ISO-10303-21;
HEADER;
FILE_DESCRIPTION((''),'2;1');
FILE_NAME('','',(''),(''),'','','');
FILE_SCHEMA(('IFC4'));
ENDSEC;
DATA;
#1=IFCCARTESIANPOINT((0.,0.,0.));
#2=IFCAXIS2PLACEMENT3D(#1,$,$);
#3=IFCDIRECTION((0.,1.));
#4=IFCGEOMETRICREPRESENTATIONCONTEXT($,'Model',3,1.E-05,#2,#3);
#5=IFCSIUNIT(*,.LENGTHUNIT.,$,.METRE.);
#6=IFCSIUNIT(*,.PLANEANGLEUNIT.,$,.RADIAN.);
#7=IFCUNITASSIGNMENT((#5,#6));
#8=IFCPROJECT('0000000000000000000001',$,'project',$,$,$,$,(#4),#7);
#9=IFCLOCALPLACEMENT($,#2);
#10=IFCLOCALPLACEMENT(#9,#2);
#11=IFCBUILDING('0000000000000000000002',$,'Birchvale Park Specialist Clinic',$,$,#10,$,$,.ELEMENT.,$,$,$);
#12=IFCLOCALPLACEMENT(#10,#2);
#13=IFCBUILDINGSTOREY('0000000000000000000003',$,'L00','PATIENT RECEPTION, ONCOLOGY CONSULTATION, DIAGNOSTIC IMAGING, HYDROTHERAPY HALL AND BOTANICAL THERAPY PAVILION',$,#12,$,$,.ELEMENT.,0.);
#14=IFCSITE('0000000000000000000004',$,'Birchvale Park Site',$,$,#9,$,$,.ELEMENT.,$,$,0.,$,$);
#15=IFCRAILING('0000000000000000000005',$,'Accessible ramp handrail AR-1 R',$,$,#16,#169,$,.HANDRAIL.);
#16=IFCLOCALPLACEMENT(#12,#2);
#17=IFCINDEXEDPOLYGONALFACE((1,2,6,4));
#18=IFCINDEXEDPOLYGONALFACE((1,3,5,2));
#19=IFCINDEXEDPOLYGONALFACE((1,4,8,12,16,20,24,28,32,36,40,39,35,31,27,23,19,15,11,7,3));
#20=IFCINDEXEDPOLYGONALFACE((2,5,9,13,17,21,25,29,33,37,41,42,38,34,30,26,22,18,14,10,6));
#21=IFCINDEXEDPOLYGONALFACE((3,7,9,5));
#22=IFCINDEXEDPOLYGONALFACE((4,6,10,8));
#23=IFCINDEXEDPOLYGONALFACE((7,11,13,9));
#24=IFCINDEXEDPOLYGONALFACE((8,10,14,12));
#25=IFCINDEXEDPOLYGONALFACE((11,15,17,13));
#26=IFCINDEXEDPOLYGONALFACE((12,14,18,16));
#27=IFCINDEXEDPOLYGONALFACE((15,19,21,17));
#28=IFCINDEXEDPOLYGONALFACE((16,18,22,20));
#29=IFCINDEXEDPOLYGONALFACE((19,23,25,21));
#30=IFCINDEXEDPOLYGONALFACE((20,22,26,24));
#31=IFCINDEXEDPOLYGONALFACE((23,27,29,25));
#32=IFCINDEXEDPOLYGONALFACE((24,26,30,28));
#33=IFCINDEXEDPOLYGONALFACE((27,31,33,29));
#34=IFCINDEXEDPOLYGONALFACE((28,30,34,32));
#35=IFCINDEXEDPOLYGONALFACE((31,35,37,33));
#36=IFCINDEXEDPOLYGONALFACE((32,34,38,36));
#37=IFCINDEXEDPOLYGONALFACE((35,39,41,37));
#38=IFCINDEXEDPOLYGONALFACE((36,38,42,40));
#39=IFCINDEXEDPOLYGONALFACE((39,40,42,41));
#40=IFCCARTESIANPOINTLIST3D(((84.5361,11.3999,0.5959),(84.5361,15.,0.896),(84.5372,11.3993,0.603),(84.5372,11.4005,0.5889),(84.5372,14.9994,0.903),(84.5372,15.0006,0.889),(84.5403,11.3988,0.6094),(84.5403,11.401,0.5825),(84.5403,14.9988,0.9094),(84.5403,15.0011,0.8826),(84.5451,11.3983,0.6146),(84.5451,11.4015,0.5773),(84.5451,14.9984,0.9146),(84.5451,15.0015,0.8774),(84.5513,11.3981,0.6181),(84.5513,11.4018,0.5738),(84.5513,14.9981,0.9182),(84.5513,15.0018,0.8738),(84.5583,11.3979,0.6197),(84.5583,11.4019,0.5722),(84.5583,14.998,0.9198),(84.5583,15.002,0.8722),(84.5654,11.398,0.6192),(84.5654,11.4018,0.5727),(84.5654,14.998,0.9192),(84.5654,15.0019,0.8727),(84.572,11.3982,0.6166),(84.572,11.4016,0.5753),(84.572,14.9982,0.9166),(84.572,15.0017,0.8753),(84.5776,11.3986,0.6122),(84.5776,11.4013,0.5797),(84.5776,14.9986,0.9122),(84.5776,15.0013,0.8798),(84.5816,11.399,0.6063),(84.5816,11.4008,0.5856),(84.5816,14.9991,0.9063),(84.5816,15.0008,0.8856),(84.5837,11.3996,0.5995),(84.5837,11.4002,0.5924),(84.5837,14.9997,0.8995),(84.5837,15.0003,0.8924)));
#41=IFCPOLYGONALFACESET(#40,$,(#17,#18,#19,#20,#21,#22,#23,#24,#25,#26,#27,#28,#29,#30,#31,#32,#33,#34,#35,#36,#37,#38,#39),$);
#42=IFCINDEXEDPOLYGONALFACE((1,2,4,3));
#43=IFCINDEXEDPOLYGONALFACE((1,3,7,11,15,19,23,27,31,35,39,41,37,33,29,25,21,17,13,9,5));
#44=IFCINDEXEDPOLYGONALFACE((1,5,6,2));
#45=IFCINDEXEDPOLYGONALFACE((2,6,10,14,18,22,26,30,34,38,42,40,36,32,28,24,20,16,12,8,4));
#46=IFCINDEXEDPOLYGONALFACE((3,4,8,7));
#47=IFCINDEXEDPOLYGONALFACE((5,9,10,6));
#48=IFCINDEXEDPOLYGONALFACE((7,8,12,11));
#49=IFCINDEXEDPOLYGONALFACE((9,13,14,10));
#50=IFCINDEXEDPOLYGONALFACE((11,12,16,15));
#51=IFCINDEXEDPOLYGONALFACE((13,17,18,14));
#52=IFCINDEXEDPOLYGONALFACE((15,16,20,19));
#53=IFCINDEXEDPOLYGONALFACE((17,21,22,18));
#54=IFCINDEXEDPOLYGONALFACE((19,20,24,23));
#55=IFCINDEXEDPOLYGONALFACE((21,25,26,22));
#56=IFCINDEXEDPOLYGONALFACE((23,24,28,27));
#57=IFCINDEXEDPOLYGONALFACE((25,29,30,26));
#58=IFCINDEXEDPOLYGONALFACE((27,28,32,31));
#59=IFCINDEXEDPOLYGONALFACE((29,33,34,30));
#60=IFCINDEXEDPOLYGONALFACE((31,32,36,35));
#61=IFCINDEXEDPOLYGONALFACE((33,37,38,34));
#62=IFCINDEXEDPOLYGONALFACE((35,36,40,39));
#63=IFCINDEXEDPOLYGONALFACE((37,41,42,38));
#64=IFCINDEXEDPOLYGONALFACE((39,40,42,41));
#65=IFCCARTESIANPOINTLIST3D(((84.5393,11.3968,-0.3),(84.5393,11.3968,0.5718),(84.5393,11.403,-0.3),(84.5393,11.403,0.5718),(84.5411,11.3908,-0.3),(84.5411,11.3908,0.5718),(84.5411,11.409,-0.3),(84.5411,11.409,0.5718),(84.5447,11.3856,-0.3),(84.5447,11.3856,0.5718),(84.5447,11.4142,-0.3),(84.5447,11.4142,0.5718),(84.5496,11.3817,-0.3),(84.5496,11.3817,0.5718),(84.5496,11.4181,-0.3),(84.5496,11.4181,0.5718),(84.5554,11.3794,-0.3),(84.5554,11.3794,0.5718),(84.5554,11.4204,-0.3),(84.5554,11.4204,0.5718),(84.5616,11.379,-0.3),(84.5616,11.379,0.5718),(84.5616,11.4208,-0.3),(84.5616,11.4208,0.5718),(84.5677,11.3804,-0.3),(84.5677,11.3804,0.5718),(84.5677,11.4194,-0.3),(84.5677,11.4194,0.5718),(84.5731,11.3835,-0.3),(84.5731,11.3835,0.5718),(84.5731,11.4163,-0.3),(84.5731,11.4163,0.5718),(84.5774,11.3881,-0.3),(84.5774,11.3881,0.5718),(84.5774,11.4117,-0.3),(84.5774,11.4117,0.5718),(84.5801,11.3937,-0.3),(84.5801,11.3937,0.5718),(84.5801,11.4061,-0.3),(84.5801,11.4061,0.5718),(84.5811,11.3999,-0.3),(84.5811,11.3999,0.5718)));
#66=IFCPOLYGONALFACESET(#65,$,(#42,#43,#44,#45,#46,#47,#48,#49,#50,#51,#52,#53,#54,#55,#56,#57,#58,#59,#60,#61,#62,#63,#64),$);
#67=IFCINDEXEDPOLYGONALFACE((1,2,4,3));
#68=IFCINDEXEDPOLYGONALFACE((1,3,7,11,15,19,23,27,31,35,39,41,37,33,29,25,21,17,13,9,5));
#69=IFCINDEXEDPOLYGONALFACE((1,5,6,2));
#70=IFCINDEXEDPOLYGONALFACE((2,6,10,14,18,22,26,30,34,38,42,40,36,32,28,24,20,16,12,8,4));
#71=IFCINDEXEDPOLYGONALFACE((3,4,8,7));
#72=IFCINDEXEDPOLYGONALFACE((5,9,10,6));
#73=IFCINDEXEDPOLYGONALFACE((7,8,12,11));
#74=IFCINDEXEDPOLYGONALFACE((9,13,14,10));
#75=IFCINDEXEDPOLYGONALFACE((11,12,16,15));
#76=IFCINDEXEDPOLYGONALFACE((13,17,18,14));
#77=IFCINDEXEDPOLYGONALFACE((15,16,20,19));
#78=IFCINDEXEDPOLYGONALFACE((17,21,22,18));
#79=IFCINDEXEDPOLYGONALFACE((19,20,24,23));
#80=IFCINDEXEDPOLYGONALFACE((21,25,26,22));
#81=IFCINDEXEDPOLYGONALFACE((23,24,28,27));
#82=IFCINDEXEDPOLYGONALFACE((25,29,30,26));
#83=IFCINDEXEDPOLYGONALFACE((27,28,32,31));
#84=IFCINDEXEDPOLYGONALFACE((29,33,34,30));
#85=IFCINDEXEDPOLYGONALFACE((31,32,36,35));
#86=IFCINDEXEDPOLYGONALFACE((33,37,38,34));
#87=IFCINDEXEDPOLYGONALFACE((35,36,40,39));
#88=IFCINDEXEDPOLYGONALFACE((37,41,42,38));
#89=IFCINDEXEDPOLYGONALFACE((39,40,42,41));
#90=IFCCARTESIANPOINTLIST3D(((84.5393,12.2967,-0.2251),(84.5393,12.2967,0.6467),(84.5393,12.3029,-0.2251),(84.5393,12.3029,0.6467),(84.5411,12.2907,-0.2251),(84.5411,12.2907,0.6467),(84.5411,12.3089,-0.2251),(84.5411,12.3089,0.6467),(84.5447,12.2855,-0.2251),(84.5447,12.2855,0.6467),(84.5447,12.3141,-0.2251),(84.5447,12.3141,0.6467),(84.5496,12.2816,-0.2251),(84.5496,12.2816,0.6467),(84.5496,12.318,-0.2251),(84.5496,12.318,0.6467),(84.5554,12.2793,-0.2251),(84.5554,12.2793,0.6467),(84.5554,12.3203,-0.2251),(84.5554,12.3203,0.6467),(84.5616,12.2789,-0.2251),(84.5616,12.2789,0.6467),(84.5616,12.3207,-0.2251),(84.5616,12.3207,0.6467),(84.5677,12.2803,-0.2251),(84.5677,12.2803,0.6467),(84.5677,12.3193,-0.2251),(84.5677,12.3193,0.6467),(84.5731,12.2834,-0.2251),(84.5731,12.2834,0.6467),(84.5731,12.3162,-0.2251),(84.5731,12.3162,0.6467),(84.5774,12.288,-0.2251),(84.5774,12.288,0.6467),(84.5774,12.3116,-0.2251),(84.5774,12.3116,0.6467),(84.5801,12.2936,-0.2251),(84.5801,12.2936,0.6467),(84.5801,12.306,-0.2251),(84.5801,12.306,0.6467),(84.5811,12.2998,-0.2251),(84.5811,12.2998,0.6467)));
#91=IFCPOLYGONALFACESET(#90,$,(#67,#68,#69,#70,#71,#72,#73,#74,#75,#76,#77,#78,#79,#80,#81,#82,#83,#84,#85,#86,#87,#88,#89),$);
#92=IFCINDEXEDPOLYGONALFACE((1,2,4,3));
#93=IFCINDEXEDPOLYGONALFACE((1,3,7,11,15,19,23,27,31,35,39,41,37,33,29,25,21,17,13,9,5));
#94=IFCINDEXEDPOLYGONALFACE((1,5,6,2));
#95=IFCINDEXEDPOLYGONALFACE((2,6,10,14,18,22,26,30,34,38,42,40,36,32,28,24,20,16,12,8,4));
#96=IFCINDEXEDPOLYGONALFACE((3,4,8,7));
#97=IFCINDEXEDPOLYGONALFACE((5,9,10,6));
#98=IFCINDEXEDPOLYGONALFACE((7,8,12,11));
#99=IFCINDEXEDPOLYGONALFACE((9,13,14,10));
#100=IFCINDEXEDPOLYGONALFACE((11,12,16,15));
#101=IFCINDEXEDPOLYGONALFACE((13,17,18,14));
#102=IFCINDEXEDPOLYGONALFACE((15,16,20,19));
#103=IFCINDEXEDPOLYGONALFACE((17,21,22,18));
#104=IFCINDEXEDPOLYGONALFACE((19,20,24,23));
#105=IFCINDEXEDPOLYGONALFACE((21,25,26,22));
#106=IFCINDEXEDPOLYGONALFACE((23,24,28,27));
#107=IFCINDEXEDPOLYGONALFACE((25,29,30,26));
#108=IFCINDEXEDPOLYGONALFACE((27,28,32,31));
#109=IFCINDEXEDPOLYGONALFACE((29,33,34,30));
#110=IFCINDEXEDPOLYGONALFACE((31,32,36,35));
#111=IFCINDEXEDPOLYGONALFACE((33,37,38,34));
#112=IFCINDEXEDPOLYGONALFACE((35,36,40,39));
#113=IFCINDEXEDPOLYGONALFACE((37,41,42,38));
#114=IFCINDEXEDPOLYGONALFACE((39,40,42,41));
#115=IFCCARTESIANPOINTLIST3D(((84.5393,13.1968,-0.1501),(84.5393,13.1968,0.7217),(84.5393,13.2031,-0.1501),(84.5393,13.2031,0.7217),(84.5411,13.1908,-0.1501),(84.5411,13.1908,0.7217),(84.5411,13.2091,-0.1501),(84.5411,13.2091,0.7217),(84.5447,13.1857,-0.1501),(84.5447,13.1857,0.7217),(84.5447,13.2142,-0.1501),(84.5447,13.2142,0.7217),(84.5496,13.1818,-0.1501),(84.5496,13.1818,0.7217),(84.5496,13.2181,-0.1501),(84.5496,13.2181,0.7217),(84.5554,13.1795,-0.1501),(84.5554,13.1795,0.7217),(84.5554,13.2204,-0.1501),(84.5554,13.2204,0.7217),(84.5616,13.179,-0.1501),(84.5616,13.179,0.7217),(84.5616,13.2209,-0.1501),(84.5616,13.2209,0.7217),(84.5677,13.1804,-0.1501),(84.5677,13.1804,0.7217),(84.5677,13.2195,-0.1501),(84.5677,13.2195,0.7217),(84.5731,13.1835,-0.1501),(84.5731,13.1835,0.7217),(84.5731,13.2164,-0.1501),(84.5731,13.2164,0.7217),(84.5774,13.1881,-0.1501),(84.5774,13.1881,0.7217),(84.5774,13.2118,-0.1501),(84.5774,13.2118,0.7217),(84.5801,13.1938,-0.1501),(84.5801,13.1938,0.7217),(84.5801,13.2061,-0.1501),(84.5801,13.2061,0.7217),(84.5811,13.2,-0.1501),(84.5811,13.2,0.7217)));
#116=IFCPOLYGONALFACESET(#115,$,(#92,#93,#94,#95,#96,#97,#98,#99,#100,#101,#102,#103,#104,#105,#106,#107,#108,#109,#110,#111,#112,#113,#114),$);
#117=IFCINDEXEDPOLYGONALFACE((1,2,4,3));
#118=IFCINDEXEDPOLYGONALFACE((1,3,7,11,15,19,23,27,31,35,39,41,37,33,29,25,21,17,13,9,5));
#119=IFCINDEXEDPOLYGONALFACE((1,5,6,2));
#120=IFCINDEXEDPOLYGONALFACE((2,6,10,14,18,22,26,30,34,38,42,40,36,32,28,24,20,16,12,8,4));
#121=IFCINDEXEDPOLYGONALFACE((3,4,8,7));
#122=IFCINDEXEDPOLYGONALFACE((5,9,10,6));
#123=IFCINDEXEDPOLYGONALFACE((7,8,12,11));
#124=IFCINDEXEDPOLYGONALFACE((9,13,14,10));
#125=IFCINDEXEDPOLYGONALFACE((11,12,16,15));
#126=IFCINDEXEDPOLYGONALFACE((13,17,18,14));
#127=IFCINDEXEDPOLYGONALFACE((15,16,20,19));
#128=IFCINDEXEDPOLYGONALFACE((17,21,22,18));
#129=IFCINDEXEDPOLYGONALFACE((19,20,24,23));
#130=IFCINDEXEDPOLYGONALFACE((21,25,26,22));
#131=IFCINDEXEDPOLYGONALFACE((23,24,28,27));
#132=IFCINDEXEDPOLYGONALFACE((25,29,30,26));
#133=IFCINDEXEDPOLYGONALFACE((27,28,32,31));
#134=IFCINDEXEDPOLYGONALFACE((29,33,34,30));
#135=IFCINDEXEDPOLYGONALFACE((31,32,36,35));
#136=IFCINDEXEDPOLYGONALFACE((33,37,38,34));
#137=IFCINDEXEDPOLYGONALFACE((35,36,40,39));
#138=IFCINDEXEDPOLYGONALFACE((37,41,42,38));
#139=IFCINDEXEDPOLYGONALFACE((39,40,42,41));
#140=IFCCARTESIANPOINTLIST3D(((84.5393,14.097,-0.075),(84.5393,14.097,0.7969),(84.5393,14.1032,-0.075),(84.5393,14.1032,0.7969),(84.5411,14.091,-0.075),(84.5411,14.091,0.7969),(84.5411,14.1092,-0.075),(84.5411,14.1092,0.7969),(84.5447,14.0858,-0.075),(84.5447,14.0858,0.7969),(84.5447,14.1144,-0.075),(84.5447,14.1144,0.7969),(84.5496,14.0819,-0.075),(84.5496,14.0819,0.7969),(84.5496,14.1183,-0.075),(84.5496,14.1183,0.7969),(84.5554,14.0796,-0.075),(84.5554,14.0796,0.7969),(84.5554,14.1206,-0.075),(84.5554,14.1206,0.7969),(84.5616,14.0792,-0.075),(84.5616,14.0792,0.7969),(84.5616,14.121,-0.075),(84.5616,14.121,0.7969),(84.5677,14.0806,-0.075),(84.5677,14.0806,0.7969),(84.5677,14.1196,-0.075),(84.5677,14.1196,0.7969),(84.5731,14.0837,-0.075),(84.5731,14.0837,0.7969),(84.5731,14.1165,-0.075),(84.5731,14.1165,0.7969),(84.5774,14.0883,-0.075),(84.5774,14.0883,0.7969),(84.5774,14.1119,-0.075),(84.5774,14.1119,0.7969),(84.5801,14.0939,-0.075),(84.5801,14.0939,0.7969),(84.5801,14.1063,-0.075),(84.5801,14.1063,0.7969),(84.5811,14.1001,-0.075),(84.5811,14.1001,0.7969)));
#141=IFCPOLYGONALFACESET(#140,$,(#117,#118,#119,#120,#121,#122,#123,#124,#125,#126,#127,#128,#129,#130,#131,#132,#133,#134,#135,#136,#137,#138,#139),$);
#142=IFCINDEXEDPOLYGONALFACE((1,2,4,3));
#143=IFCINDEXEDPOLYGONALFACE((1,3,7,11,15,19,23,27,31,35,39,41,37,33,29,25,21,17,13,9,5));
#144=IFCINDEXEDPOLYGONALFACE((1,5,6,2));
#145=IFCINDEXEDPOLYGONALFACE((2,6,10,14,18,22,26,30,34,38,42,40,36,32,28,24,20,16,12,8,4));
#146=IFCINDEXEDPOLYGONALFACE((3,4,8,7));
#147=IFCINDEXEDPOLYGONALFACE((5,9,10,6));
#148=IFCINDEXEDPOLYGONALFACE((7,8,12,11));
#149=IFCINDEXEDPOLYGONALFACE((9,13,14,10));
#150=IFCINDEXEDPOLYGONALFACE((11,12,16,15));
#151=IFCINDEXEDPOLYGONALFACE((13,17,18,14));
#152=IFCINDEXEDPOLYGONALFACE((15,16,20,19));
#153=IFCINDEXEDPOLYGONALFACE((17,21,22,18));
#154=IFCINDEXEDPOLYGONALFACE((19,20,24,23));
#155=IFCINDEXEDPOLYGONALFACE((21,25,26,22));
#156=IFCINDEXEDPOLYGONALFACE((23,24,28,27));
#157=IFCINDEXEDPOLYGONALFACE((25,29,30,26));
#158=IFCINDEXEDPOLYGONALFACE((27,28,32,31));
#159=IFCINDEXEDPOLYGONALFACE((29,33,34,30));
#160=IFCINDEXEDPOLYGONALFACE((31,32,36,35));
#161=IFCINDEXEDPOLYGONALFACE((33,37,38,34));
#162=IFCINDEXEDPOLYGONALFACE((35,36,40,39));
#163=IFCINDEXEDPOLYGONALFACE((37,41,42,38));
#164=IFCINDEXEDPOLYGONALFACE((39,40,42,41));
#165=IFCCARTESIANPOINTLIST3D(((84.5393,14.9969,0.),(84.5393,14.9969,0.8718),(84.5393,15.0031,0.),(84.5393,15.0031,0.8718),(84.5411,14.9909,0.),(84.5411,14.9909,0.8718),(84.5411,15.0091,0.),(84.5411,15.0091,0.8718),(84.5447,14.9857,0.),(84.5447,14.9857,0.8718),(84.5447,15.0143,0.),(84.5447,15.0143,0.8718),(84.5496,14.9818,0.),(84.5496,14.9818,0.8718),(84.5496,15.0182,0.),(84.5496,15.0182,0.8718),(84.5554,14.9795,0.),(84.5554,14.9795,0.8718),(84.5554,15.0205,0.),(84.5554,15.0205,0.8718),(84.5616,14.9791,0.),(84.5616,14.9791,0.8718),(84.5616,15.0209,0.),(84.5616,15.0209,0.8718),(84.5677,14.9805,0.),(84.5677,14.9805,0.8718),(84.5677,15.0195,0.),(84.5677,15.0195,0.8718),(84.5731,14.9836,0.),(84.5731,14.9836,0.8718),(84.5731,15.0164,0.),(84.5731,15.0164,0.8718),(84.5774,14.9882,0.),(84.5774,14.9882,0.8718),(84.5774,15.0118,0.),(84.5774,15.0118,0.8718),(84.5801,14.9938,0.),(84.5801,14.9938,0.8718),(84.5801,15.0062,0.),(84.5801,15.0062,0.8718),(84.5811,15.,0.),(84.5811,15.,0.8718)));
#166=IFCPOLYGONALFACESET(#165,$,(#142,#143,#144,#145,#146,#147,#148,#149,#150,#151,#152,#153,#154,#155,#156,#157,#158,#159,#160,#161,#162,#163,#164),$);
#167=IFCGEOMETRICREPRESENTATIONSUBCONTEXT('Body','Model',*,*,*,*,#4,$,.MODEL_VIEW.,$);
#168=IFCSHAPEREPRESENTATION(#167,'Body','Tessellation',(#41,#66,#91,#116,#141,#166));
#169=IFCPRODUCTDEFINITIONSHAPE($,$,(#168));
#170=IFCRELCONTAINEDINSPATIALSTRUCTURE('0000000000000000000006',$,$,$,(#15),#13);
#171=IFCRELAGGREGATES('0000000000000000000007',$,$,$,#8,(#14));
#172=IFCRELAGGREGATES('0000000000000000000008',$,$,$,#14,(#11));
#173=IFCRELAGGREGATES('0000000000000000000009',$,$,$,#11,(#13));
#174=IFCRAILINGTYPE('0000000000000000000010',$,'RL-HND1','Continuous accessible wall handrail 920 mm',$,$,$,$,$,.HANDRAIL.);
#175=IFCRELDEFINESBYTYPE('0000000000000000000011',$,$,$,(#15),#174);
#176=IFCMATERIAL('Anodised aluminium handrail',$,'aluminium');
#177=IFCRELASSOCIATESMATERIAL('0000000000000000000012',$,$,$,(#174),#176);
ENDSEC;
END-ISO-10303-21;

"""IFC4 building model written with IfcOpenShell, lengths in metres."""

from ifc_helpers import new_model, si_unit, direction, frame, origin, origin_2d, place, context, subcontext, project, spatial, circle, extrude, material, type_object, element, save


model = new_model("IFC4")

# Units and contexts
model_context = context("Model", 3, precision=1e-05, world=origin(), true_north=direction((0.0, 1.0)))
body_context = subcontext(model_context, "Body", "Model", "MODEL_VIEW")
ifc_project = project(units=[si_unit("LENGTHUNIT", "METRE"), si_unit("PLANEANGLEUNIT", "RADIAN")], contexts=[model_context])

# Site, building, storey
site_placement = place(None, origin())
site = spatial("IfcSite", under=ifc_project, at=site_placement, Name="Birchvale Park Site", CompositionType="ELEMENT", RefElevation=0.0)
building_placement = place(site_placement, origin())
building = spatial("IfcBuilding", under=site, at=building_placement, Name="Birchvale Park Specialist Clinic", CompositionType="ELEMENT")
storey_placement = place(building_placement, origin())
storey = spatial("IfcBuildingStorey", under=building, at=storey_placement, Name="L00", Description="PATIENT RECEPTION, ONCOLOGY CONSULTATION, DIAGNOSTIC IMAGING, HYDROTHERAPY HALL AND BOTANICAL THERAPY PAVILION", CompositionType="ELEMENT", Elevation=0.0)

# Railing
ifc_material_1 = material(Name="Anodised aluminium handrail", Category="aluminium")
railing_type = type_object("IfcRailingType", Name="RL-HND1", Description="Continuous accessible wall handrail 920 mm", PredefinedType="HANDRAIL", material=ifc_material_1)
for number, where, name in (
    (1, (84.5601, 11.3999, -0.3), "Accessible ramp handrail AR-1 R"),
):
    element("IfcRailing", number, at=place(storey_placement, frame(where)), inside=storey, type_object=railing_type, Name=name, PredefinedType="HANDRAIL", context=body_context, shape_type="SweptSolid", body=[
        extrude(circle(Radius=0.0239, at=origin_2d()), frame((0.0, 0.0, 0.896), z_axis=(0.0, 0.996545, 0.083057), x_axis=(-1.0, 0.0, 0.0)), (0.0, 0.0, 1.0), 3.6125),
        extrude(circle(Radius=0.021, at=origin_2d()), origin(), (0.0, 0.0, 1.0), 0.8718),
        extrude(circle(Radius=0.021, at=origin_2d()), frame((0.0, 0.8999, 0.075)), (0.0, 0.0, 1.0), 0.8718),
        extrude(circle(Radius=0.021, at=origin_2d()), frame((0.0, 1.8, 0.1499)), (0.0, 0.0, 1.0), 0.8718),
        extrude(circle(Radius=0.021, at=origin_2d()), frame((0.0, 2.7002, 0.2251)), (0.0, 0.0, 1.0), 0.8718),
        extrude(circle(Radius=0.021, at=origin_2d()), frame((0.0, 3.6001, 0.3)), (0.0, 0.0, 1.0), 0.8718),
    ])

save(model, "model.ifc")
